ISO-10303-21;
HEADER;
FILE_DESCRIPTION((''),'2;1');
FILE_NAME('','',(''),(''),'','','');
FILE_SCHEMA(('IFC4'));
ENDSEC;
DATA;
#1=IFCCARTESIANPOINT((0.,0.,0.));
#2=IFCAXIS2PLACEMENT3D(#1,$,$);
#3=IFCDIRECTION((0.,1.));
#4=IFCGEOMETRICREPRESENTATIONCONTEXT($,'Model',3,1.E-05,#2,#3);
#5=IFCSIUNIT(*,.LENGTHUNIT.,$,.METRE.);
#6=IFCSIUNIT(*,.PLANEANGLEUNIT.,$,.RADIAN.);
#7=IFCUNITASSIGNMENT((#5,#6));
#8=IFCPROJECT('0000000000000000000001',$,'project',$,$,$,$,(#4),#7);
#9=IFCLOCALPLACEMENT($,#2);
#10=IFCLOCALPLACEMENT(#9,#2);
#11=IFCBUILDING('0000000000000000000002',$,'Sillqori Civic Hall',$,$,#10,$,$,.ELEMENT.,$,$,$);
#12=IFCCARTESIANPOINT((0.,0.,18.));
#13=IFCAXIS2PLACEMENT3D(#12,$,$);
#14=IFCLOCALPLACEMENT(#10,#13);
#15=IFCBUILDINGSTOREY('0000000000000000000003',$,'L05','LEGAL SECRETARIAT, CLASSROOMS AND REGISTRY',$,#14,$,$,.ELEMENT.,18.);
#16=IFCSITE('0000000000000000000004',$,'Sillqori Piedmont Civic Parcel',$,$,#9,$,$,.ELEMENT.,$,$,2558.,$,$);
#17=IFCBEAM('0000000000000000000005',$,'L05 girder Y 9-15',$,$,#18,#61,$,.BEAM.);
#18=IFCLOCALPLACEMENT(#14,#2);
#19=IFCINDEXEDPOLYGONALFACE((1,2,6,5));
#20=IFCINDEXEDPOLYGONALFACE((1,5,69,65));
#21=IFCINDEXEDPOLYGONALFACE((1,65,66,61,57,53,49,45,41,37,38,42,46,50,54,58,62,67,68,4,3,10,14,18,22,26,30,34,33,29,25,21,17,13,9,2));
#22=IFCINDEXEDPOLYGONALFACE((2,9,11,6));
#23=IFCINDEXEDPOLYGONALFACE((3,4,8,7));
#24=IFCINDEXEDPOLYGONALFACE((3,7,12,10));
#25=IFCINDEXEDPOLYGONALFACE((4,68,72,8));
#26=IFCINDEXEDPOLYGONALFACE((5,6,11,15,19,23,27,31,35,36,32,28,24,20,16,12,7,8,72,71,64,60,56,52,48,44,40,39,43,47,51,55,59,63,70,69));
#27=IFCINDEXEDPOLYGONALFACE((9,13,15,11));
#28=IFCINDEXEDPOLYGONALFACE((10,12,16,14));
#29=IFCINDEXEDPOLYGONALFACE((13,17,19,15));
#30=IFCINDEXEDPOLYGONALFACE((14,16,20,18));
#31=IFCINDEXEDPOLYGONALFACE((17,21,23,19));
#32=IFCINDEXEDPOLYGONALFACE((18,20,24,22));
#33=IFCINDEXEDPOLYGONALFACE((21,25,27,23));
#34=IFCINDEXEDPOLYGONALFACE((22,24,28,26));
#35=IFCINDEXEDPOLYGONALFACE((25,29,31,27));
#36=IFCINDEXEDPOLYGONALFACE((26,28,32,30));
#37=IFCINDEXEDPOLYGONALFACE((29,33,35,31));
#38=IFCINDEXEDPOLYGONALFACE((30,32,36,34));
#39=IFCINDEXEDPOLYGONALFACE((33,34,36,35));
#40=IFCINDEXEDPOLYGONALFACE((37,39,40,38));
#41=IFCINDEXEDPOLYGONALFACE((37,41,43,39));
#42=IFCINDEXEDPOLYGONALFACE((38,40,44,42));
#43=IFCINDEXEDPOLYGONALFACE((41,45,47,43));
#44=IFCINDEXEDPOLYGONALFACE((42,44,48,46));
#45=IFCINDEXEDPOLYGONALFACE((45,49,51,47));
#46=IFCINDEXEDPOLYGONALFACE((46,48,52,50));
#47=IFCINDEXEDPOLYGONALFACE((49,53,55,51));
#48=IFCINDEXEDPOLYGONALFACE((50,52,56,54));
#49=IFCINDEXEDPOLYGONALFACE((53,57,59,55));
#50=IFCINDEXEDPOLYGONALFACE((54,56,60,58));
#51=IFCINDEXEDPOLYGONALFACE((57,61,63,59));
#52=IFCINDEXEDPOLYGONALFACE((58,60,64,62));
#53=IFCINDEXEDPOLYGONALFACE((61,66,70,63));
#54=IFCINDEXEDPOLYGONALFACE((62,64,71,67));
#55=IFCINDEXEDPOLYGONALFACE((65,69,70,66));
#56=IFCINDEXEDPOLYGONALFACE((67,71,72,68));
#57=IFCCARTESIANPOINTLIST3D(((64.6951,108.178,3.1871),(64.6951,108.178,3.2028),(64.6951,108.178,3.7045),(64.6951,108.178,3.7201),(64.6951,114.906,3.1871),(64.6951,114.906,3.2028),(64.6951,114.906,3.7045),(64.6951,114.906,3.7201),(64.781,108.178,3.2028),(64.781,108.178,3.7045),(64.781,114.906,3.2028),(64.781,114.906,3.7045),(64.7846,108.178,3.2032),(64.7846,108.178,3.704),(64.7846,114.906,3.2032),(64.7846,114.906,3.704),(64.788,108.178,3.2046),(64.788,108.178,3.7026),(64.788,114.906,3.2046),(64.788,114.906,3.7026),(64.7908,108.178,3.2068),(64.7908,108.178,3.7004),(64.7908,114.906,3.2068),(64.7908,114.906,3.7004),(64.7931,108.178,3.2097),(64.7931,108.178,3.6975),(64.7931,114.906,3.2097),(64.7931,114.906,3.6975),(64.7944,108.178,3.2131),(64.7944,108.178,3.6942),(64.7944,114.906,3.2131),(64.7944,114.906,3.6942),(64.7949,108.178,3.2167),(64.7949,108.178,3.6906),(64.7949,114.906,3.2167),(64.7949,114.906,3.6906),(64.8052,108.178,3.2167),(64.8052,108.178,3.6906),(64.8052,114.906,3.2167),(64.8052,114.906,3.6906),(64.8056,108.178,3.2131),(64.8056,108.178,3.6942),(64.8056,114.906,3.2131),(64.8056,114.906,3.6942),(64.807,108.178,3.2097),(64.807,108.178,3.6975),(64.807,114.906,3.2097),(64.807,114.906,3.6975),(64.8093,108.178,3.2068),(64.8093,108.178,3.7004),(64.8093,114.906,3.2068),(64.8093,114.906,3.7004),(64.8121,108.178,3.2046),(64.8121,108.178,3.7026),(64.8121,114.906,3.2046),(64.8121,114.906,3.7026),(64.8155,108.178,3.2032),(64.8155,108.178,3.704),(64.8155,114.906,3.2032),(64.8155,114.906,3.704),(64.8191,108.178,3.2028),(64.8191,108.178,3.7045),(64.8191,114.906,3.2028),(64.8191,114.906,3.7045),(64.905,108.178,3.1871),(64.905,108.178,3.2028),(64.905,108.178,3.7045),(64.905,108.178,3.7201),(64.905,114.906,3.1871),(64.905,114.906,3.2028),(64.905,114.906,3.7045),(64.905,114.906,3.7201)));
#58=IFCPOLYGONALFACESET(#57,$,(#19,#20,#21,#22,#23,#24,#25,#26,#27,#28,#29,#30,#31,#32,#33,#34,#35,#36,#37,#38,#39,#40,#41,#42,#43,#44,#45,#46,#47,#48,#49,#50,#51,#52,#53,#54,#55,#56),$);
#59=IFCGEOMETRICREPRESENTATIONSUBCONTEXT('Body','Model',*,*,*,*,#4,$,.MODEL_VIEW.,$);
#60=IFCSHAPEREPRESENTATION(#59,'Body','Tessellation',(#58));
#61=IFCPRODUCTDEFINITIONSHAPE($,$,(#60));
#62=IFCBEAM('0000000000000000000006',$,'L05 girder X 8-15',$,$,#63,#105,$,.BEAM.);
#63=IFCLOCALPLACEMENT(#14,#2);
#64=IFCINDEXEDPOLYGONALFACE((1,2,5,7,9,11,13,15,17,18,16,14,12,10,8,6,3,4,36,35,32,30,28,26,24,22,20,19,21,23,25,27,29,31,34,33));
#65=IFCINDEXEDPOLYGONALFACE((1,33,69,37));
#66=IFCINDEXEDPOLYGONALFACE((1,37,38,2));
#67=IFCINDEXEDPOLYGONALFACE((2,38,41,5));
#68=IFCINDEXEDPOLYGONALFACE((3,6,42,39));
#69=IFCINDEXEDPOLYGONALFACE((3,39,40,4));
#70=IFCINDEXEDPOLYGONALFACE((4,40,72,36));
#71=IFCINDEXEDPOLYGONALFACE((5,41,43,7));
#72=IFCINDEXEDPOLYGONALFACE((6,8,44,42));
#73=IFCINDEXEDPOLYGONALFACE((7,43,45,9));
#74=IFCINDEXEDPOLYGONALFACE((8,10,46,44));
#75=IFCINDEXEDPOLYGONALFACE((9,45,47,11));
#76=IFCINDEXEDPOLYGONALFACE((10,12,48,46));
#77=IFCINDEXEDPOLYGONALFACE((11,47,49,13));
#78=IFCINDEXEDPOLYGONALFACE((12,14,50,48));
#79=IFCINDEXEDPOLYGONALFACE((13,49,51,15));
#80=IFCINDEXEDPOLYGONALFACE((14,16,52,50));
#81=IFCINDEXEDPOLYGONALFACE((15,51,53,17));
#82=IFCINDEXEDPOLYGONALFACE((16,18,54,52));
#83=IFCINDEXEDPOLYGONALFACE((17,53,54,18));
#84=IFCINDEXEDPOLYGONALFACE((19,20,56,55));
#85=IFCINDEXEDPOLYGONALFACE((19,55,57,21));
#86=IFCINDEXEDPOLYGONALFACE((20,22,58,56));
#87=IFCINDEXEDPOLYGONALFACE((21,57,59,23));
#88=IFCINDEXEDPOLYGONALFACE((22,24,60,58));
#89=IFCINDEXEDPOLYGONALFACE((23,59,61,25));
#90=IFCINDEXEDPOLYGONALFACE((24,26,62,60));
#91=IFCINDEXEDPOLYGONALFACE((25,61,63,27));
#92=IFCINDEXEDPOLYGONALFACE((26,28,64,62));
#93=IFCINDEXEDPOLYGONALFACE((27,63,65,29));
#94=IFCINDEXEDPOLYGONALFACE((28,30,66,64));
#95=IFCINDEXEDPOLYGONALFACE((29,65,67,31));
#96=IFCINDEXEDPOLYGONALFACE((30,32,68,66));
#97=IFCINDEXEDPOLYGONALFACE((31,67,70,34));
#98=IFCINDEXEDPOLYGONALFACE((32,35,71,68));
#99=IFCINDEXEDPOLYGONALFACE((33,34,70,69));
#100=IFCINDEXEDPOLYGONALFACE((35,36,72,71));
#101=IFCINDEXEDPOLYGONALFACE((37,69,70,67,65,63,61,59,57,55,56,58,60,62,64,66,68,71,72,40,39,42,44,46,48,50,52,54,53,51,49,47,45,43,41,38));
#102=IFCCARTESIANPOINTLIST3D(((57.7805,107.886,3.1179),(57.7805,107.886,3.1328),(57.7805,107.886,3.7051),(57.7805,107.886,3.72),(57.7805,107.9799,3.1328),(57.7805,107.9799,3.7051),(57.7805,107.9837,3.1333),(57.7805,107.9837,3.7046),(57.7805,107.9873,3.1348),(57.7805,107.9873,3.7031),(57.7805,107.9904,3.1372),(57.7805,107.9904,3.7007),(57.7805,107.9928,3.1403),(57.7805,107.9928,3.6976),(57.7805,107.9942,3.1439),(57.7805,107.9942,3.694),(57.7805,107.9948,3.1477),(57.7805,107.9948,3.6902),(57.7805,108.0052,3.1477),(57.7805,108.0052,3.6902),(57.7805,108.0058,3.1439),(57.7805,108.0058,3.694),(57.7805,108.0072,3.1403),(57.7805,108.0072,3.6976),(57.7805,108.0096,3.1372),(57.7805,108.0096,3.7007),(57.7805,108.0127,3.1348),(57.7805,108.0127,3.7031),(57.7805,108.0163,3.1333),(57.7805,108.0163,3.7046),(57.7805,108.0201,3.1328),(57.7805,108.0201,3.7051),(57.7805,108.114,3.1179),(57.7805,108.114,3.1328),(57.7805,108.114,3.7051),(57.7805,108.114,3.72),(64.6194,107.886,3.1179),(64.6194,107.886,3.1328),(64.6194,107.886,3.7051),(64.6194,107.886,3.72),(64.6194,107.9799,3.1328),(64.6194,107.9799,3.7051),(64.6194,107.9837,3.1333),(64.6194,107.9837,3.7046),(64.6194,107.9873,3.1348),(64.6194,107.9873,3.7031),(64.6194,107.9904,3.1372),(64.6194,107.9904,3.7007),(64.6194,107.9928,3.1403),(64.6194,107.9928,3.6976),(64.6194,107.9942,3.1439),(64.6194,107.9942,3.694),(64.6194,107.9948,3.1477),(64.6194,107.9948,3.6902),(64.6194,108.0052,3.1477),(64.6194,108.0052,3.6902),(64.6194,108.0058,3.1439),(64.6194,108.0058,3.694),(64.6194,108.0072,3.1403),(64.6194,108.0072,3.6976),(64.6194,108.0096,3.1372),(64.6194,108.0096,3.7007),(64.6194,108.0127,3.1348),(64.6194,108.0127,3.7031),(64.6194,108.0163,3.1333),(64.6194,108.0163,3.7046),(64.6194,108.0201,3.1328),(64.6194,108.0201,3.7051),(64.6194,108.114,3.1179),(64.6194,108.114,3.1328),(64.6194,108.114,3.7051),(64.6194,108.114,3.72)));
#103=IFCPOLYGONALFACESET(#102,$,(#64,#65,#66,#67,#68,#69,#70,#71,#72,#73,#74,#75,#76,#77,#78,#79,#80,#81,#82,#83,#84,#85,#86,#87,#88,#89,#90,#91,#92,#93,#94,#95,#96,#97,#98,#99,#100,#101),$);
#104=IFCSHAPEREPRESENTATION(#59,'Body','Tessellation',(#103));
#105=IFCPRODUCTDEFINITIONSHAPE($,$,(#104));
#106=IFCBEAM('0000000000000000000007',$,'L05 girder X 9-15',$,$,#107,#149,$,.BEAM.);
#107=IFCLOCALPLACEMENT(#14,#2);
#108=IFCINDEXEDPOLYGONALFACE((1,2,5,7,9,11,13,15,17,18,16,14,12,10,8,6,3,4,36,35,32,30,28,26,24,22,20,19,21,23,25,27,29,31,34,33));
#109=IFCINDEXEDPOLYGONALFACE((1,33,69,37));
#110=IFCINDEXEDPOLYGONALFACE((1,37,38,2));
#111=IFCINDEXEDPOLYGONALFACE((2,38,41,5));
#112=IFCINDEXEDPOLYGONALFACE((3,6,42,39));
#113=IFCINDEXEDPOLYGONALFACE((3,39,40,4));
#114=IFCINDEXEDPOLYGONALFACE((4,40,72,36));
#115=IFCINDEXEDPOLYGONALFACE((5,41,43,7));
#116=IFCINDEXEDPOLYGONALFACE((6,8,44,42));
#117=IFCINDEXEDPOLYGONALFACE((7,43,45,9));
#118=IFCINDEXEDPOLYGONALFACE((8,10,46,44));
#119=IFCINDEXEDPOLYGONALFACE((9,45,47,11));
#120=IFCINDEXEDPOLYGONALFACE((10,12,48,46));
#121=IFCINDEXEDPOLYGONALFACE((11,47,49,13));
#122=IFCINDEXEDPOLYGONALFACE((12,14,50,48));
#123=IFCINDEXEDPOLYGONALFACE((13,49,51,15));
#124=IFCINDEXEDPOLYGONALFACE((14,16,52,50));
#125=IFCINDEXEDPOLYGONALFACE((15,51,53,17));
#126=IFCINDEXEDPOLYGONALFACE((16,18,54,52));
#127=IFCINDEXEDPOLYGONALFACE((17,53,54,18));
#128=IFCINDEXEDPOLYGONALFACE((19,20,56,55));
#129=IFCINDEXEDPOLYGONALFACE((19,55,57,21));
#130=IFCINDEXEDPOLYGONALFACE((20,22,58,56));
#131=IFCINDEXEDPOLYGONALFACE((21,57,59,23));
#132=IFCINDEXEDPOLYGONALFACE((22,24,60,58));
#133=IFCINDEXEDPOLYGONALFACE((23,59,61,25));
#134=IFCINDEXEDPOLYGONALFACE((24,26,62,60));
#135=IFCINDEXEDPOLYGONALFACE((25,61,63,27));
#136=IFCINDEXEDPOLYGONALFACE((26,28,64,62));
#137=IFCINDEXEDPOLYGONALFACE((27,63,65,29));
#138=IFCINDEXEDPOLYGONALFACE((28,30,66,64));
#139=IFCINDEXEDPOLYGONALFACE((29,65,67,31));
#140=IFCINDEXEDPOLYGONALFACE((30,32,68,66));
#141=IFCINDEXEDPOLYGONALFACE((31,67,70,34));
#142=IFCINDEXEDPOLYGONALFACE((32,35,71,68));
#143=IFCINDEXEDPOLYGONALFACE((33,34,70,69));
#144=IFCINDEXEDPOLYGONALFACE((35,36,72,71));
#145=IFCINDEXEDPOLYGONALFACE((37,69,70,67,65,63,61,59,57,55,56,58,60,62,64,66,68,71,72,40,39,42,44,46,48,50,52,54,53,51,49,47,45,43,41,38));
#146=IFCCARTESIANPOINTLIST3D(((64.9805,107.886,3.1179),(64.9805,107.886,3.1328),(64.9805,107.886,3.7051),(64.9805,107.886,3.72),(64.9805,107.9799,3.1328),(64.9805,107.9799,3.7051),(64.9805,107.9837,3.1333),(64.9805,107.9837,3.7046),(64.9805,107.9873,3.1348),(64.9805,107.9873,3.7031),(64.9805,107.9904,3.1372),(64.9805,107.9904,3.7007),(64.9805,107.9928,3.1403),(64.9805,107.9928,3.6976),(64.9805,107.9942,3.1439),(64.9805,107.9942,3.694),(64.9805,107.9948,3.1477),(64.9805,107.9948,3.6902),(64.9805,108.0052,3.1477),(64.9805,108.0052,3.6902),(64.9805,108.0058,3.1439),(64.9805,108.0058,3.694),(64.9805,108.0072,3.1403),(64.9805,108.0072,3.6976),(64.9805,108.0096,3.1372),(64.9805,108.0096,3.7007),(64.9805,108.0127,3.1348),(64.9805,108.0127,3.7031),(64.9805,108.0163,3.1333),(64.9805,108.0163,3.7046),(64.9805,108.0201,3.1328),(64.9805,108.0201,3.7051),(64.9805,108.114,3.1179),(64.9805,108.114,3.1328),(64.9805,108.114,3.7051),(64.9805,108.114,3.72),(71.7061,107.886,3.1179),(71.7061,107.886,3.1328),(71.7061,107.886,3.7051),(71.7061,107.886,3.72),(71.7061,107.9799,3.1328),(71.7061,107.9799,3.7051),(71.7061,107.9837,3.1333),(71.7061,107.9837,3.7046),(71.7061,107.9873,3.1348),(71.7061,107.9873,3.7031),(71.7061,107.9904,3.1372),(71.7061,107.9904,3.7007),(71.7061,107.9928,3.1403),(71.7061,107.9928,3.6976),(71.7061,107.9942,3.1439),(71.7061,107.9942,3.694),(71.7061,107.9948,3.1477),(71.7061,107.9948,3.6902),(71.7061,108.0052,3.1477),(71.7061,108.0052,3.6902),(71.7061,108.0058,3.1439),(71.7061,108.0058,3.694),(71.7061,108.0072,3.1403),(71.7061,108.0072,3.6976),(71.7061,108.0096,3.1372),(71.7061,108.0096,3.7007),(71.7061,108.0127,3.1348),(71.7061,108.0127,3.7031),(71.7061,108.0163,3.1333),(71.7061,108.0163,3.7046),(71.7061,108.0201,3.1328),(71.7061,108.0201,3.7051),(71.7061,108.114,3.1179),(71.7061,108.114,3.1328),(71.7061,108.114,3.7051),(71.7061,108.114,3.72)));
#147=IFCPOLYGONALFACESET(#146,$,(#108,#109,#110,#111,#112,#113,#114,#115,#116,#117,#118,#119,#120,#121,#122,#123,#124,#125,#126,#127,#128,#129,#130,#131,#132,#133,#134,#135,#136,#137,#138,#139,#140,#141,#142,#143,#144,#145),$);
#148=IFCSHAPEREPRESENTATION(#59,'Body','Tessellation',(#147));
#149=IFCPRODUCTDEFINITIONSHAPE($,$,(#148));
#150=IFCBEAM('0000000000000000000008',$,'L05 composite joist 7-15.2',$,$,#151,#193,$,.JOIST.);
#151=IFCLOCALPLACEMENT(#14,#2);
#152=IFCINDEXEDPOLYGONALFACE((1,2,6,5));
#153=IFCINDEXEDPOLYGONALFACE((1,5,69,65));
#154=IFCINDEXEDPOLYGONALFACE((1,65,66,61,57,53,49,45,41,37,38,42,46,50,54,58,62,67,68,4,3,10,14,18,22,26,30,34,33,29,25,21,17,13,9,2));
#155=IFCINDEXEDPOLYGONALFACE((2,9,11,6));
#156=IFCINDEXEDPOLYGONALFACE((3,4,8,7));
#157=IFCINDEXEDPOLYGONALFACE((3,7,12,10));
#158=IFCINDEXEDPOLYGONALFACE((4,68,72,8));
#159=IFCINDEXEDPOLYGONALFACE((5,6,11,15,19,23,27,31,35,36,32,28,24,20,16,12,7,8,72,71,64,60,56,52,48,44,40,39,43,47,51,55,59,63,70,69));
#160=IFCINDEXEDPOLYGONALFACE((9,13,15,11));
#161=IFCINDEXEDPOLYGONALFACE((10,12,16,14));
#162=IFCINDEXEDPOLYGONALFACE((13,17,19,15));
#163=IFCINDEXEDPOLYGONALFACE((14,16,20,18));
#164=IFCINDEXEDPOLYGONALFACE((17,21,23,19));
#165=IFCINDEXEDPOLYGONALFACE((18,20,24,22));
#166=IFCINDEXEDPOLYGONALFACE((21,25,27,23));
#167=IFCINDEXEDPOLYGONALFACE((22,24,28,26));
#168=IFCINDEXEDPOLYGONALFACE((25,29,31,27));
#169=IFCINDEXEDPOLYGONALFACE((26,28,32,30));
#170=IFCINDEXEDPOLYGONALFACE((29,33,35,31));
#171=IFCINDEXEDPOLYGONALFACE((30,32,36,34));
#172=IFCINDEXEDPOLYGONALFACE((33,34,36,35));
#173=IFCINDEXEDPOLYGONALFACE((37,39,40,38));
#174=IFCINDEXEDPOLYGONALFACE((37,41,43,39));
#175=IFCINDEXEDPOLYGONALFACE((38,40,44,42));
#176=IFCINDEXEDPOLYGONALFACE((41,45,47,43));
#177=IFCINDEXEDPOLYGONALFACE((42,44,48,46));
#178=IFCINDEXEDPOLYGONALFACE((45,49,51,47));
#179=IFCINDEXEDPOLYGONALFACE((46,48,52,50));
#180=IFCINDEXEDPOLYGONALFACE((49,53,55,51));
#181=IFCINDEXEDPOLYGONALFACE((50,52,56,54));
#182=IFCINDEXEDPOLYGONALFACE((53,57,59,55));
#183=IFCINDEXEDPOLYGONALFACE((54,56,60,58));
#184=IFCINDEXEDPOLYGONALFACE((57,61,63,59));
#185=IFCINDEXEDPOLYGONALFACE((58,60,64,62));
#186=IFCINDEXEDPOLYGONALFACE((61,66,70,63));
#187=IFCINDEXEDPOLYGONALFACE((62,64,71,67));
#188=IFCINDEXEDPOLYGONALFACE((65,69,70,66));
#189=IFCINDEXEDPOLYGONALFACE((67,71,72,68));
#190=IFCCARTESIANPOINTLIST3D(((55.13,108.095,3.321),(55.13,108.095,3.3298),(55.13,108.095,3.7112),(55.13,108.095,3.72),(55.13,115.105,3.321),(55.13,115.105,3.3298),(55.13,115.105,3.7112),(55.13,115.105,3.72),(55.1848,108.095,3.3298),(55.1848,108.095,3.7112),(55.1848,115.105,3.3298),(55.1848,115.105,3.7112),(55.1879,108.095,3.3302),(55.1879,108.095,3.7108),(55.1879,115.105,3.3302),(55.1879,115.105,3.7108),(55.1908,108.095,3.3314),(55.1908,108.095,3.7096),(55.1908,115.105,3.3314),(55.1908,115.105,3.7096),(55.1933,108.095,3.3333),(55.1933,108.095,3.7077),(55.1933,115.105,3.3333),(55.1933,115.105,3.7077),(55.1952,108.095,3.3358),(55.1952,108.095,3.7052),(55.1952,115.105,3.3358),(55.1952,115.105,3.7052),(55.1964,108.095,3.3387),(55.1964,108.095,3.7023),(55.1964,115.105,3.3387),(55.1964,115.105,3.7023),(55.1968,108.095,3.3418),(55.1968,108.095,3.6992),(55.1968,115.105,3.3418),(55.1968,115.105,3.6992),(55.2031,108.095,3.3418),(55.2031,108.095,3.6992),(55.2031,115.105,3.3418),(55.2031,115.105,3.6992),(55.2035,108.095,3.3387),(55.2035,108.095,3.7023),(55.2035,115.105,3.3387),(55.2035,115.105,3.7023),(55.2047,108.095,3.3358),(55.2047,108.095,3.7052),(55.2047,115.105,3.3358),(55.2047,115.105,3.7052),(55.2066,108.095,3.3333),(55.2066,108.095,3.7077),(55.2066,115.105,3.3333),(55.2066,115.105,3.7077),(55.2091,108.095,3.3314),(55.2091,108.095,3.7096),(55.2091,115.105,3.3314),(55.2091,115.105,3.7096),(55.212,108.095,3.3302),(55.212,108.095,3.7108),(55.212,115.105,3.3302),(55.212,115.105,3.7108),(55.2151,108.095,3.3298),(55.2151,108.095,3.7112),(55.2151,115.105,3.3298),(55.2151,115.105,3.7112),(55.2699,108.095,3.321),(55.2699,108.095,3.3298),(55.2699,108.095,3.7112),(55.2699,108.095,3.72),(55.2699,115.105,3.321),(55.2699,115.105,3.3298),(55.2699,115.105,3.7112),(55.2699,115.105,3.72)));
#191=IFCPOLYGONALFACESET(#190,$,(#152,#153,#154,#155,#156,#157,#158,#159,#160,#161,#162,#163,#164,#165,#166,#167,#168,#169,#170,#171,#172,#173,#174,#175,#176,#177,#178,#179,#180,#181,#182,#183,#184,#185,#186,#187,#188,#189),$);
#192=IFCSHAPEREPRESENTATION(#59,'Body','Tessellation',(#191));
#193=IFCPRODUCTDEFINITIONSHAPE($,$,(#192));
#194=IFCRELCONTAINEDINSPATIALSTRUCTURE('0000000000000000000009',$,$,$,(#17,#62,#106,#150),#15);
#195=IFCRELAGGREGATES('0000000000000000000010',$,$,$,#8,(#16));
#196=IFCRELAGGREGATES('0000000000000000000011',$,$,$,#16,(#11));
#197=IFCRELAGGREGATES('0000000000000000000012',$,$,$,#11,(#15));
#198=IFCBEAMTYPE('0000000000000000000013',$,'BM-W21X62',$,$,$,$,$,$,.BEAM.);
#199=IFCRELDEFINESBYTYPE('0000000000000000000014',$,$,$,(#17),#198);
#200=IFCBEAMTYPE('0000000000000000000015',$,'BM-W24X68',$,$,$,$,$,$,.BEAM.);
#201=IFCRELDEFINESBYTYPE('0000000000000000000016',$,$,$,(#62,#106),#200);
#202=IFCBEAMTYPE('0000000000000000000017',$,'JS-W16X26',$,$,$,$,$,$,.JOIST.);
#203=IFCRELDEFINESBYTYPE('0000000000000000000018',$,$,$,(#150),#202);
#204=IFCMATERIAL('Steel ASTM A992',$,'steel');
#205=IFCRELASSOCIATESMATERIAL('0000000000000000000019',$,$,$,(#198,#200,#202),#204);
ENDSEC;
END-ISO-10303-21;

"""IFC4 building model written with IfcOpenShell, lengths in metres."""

from ifc_helpers import new_model, si_unit, direction, frame, origin, origin_2d, place, context, subcontext, project, spatial, i_section, extrude, material, material_profile, profile_set, type_object, element, save


model = new_model("IFC4")

# Units and contexts
model_context = context("Model", 3, precision=1e-05, world=origin(), true_north=direction((0.0, 1.0)))
body_context = subcontext(model_context, "Body", "Model", "MODEL_VIEW")
ifc_project = project(units=[si_unit("LENGTHUNIT", "METRE"), si_unit("PLANEANGLEUNIT", "RADIAN")], contexts=[model_context])

# Site, building, storey
site_placement = place(None, origin())
site = spatial("IfcSite", under=ifc_project, at=site_placement, Name="Sillqori Piedmont Civic Parcel", CompositionType="ELEMENT", RefElevation=2558.0)
building_placement = place(site_placement, origin())
building = spatial("IfcBuilding", under=site, at=building_placement, Name="Sillqori Civic Hall", CompositionType="ELEMENT")
storey_placement = place(building_placement, frame((0.0, 0.0, 18.0)))
storey = spatial("IfcBuildingStorey", under=building, at=storey_placement, Name="L05", Description="LEGAL SECRETARIAT, CLASSROOMS AND REGISTRY", CompositionType="ELEMENT", Elevation=18.0)

# Shared definitions
ifc_material = material(Name="Steel ASTM A992", Category="steel")

# Beams
ifc_material_profile_1 = material_profile(ifc_material, i_section(OverallWidth=0.21, OverallDepth=0.533, WebThickness=0.0103, FlangeThickness=0.0156, FilletRadius=0.0139, at=origin_2d()), Name="W21X62")
ifc_profile_set_1 = profile_set([ifc_material_profile_1], Name="Steel ASTM A992")
beam_type_1 = type_object("IfcBeamType", Name="BM-W21X62", PredefinedType="BEAM", material=ifc_profile_set_1)
beam_1_placement = place(storey_placement, frame((64.8, 108.178, 3.4536), z_axis=(0.0, 1.0, 0.0), x_axis=(-1.0, 0.0, 0.0)))
element("IfcBeam", 1, at=beam_1_placement, inside=storey, type_object=beam_type_1, Name="L05 girder Y 9-15", PredefinedType="BEAM", context=body_context, shape_type="SweptSolid", body=[
    extrude(i_section(OverallWidth=0.21, OverallDepth=0.533, WebThickness=0.0103, FlangeThickness=0.0156, FilletRadius=0.0139, at=origin_2d()), origin(), (0.0, 0.0, 1.0), 6.728),
])
ifc_material_profile_2 = material_profile(ifc_material, i_section(OverallWidth=0.228, OverallDepth=0.6021, WebThickness=0.0105, FlangeThickness=0.0149, FilletRadius=0.0149, at=origin_2d()), Name="W24X68")
ifc_profile_set_2 = profile_set([ifc_material_profile_2], Name="Steel ASTM A992")
beam_type_2 = type_object("IfcBeamType", Name="BM-W24X68", PredefinedType="BEAM", material=ifc_profile_set_2)
beam_2_placement = place(storey_placement, frame((57.7805, 108.0, 3.4189), z_axis=(1.0, 0.0, 0.0), x_axis=(0.0, 1.0, 0.0)))
element("IfcBeam", 2, at=beam_2_placement, inside=storey, type_object=beam_type_2, Name="L05 girder X 8-15", PredefinedType="BEAM", context=body_context, shape_type="SweptSolid", body=[
    extrude(i_section(OverallWidth=0.228, OverallDepth=0.6021, WebThickness=0.0105, FlangeThickness=0.0149, FilletRadius=0.0149, at=origin_2d()), origin(), (0.0, 0.0, 1.0), 6.8389),
])
beam_3_placement = place(storey_placement, frame((64.9805, 108.0, 3.4189), z_axis=(1.0, 0.0, 0.0), x_axis=(0.0, 1.0, 0.0)))
element("IfcBeam", 3, at=beam_3_placement, inside=storey, type_object=beam_type_2, Name="L05 girder X 9-15", PredefinedType="BEAM", context=body_context, shape_type="SweptSolid", body=[
    extrude(i_section(OverallWidth=0.228, OverallDepth=0.6021, WebThickness=0.0105, FlangeThickness=0.0149, FilletRadius=0.0149, at=origin_2d()), origin(), (0.0, 0.0, 1.0), 6.7256),
])
ifc_material_profile_3 = material_profile(ifc_material, i_section(OverallWidth=0.1399, OverallDepth=0.3989, WebThickness=0.0063, FlangeThickness=0.0088, FilletRadius=0.012, at=origin_2d()), Name="W16X26")
ifc_profile_set_3 = profile_set([ifc_material_profile_3], Name="Steel ASTM A992")
beam_type_3 = type_object("IfcBeamType", Name="JS-W16X26", PredefinedType="JOIST", material=ifc_profile_set_3)
for number, where, z_axis, x_axis, name in (
    (4, (55.2, 108.095, 3.5205), (0.0, 1.0, 0.0), (-1.0, 0.0, 0.0), "L05 composite joist 7-15.2"),
):
    element("IfcBeam", number, at=place(storey_placement, frame(where, z_axis=z_axis, x_axis=x_axis)), inside=storey, type_object=beam_type_3, Name=name, PredefinedType="JOIST", context=body_context, shape_type="SweptSolid", body=[
        extrude(i_section(OverallWidth=0.1399, OverallDepth=0.3989, WebThickness=0.0063, FlangeThickness=0.0088, FilletRadius=0.012, at=origin_2d()), origin(), (0.0, 0.0, 1.0), 7.01),
    ])

save(model, "model.ifc")
